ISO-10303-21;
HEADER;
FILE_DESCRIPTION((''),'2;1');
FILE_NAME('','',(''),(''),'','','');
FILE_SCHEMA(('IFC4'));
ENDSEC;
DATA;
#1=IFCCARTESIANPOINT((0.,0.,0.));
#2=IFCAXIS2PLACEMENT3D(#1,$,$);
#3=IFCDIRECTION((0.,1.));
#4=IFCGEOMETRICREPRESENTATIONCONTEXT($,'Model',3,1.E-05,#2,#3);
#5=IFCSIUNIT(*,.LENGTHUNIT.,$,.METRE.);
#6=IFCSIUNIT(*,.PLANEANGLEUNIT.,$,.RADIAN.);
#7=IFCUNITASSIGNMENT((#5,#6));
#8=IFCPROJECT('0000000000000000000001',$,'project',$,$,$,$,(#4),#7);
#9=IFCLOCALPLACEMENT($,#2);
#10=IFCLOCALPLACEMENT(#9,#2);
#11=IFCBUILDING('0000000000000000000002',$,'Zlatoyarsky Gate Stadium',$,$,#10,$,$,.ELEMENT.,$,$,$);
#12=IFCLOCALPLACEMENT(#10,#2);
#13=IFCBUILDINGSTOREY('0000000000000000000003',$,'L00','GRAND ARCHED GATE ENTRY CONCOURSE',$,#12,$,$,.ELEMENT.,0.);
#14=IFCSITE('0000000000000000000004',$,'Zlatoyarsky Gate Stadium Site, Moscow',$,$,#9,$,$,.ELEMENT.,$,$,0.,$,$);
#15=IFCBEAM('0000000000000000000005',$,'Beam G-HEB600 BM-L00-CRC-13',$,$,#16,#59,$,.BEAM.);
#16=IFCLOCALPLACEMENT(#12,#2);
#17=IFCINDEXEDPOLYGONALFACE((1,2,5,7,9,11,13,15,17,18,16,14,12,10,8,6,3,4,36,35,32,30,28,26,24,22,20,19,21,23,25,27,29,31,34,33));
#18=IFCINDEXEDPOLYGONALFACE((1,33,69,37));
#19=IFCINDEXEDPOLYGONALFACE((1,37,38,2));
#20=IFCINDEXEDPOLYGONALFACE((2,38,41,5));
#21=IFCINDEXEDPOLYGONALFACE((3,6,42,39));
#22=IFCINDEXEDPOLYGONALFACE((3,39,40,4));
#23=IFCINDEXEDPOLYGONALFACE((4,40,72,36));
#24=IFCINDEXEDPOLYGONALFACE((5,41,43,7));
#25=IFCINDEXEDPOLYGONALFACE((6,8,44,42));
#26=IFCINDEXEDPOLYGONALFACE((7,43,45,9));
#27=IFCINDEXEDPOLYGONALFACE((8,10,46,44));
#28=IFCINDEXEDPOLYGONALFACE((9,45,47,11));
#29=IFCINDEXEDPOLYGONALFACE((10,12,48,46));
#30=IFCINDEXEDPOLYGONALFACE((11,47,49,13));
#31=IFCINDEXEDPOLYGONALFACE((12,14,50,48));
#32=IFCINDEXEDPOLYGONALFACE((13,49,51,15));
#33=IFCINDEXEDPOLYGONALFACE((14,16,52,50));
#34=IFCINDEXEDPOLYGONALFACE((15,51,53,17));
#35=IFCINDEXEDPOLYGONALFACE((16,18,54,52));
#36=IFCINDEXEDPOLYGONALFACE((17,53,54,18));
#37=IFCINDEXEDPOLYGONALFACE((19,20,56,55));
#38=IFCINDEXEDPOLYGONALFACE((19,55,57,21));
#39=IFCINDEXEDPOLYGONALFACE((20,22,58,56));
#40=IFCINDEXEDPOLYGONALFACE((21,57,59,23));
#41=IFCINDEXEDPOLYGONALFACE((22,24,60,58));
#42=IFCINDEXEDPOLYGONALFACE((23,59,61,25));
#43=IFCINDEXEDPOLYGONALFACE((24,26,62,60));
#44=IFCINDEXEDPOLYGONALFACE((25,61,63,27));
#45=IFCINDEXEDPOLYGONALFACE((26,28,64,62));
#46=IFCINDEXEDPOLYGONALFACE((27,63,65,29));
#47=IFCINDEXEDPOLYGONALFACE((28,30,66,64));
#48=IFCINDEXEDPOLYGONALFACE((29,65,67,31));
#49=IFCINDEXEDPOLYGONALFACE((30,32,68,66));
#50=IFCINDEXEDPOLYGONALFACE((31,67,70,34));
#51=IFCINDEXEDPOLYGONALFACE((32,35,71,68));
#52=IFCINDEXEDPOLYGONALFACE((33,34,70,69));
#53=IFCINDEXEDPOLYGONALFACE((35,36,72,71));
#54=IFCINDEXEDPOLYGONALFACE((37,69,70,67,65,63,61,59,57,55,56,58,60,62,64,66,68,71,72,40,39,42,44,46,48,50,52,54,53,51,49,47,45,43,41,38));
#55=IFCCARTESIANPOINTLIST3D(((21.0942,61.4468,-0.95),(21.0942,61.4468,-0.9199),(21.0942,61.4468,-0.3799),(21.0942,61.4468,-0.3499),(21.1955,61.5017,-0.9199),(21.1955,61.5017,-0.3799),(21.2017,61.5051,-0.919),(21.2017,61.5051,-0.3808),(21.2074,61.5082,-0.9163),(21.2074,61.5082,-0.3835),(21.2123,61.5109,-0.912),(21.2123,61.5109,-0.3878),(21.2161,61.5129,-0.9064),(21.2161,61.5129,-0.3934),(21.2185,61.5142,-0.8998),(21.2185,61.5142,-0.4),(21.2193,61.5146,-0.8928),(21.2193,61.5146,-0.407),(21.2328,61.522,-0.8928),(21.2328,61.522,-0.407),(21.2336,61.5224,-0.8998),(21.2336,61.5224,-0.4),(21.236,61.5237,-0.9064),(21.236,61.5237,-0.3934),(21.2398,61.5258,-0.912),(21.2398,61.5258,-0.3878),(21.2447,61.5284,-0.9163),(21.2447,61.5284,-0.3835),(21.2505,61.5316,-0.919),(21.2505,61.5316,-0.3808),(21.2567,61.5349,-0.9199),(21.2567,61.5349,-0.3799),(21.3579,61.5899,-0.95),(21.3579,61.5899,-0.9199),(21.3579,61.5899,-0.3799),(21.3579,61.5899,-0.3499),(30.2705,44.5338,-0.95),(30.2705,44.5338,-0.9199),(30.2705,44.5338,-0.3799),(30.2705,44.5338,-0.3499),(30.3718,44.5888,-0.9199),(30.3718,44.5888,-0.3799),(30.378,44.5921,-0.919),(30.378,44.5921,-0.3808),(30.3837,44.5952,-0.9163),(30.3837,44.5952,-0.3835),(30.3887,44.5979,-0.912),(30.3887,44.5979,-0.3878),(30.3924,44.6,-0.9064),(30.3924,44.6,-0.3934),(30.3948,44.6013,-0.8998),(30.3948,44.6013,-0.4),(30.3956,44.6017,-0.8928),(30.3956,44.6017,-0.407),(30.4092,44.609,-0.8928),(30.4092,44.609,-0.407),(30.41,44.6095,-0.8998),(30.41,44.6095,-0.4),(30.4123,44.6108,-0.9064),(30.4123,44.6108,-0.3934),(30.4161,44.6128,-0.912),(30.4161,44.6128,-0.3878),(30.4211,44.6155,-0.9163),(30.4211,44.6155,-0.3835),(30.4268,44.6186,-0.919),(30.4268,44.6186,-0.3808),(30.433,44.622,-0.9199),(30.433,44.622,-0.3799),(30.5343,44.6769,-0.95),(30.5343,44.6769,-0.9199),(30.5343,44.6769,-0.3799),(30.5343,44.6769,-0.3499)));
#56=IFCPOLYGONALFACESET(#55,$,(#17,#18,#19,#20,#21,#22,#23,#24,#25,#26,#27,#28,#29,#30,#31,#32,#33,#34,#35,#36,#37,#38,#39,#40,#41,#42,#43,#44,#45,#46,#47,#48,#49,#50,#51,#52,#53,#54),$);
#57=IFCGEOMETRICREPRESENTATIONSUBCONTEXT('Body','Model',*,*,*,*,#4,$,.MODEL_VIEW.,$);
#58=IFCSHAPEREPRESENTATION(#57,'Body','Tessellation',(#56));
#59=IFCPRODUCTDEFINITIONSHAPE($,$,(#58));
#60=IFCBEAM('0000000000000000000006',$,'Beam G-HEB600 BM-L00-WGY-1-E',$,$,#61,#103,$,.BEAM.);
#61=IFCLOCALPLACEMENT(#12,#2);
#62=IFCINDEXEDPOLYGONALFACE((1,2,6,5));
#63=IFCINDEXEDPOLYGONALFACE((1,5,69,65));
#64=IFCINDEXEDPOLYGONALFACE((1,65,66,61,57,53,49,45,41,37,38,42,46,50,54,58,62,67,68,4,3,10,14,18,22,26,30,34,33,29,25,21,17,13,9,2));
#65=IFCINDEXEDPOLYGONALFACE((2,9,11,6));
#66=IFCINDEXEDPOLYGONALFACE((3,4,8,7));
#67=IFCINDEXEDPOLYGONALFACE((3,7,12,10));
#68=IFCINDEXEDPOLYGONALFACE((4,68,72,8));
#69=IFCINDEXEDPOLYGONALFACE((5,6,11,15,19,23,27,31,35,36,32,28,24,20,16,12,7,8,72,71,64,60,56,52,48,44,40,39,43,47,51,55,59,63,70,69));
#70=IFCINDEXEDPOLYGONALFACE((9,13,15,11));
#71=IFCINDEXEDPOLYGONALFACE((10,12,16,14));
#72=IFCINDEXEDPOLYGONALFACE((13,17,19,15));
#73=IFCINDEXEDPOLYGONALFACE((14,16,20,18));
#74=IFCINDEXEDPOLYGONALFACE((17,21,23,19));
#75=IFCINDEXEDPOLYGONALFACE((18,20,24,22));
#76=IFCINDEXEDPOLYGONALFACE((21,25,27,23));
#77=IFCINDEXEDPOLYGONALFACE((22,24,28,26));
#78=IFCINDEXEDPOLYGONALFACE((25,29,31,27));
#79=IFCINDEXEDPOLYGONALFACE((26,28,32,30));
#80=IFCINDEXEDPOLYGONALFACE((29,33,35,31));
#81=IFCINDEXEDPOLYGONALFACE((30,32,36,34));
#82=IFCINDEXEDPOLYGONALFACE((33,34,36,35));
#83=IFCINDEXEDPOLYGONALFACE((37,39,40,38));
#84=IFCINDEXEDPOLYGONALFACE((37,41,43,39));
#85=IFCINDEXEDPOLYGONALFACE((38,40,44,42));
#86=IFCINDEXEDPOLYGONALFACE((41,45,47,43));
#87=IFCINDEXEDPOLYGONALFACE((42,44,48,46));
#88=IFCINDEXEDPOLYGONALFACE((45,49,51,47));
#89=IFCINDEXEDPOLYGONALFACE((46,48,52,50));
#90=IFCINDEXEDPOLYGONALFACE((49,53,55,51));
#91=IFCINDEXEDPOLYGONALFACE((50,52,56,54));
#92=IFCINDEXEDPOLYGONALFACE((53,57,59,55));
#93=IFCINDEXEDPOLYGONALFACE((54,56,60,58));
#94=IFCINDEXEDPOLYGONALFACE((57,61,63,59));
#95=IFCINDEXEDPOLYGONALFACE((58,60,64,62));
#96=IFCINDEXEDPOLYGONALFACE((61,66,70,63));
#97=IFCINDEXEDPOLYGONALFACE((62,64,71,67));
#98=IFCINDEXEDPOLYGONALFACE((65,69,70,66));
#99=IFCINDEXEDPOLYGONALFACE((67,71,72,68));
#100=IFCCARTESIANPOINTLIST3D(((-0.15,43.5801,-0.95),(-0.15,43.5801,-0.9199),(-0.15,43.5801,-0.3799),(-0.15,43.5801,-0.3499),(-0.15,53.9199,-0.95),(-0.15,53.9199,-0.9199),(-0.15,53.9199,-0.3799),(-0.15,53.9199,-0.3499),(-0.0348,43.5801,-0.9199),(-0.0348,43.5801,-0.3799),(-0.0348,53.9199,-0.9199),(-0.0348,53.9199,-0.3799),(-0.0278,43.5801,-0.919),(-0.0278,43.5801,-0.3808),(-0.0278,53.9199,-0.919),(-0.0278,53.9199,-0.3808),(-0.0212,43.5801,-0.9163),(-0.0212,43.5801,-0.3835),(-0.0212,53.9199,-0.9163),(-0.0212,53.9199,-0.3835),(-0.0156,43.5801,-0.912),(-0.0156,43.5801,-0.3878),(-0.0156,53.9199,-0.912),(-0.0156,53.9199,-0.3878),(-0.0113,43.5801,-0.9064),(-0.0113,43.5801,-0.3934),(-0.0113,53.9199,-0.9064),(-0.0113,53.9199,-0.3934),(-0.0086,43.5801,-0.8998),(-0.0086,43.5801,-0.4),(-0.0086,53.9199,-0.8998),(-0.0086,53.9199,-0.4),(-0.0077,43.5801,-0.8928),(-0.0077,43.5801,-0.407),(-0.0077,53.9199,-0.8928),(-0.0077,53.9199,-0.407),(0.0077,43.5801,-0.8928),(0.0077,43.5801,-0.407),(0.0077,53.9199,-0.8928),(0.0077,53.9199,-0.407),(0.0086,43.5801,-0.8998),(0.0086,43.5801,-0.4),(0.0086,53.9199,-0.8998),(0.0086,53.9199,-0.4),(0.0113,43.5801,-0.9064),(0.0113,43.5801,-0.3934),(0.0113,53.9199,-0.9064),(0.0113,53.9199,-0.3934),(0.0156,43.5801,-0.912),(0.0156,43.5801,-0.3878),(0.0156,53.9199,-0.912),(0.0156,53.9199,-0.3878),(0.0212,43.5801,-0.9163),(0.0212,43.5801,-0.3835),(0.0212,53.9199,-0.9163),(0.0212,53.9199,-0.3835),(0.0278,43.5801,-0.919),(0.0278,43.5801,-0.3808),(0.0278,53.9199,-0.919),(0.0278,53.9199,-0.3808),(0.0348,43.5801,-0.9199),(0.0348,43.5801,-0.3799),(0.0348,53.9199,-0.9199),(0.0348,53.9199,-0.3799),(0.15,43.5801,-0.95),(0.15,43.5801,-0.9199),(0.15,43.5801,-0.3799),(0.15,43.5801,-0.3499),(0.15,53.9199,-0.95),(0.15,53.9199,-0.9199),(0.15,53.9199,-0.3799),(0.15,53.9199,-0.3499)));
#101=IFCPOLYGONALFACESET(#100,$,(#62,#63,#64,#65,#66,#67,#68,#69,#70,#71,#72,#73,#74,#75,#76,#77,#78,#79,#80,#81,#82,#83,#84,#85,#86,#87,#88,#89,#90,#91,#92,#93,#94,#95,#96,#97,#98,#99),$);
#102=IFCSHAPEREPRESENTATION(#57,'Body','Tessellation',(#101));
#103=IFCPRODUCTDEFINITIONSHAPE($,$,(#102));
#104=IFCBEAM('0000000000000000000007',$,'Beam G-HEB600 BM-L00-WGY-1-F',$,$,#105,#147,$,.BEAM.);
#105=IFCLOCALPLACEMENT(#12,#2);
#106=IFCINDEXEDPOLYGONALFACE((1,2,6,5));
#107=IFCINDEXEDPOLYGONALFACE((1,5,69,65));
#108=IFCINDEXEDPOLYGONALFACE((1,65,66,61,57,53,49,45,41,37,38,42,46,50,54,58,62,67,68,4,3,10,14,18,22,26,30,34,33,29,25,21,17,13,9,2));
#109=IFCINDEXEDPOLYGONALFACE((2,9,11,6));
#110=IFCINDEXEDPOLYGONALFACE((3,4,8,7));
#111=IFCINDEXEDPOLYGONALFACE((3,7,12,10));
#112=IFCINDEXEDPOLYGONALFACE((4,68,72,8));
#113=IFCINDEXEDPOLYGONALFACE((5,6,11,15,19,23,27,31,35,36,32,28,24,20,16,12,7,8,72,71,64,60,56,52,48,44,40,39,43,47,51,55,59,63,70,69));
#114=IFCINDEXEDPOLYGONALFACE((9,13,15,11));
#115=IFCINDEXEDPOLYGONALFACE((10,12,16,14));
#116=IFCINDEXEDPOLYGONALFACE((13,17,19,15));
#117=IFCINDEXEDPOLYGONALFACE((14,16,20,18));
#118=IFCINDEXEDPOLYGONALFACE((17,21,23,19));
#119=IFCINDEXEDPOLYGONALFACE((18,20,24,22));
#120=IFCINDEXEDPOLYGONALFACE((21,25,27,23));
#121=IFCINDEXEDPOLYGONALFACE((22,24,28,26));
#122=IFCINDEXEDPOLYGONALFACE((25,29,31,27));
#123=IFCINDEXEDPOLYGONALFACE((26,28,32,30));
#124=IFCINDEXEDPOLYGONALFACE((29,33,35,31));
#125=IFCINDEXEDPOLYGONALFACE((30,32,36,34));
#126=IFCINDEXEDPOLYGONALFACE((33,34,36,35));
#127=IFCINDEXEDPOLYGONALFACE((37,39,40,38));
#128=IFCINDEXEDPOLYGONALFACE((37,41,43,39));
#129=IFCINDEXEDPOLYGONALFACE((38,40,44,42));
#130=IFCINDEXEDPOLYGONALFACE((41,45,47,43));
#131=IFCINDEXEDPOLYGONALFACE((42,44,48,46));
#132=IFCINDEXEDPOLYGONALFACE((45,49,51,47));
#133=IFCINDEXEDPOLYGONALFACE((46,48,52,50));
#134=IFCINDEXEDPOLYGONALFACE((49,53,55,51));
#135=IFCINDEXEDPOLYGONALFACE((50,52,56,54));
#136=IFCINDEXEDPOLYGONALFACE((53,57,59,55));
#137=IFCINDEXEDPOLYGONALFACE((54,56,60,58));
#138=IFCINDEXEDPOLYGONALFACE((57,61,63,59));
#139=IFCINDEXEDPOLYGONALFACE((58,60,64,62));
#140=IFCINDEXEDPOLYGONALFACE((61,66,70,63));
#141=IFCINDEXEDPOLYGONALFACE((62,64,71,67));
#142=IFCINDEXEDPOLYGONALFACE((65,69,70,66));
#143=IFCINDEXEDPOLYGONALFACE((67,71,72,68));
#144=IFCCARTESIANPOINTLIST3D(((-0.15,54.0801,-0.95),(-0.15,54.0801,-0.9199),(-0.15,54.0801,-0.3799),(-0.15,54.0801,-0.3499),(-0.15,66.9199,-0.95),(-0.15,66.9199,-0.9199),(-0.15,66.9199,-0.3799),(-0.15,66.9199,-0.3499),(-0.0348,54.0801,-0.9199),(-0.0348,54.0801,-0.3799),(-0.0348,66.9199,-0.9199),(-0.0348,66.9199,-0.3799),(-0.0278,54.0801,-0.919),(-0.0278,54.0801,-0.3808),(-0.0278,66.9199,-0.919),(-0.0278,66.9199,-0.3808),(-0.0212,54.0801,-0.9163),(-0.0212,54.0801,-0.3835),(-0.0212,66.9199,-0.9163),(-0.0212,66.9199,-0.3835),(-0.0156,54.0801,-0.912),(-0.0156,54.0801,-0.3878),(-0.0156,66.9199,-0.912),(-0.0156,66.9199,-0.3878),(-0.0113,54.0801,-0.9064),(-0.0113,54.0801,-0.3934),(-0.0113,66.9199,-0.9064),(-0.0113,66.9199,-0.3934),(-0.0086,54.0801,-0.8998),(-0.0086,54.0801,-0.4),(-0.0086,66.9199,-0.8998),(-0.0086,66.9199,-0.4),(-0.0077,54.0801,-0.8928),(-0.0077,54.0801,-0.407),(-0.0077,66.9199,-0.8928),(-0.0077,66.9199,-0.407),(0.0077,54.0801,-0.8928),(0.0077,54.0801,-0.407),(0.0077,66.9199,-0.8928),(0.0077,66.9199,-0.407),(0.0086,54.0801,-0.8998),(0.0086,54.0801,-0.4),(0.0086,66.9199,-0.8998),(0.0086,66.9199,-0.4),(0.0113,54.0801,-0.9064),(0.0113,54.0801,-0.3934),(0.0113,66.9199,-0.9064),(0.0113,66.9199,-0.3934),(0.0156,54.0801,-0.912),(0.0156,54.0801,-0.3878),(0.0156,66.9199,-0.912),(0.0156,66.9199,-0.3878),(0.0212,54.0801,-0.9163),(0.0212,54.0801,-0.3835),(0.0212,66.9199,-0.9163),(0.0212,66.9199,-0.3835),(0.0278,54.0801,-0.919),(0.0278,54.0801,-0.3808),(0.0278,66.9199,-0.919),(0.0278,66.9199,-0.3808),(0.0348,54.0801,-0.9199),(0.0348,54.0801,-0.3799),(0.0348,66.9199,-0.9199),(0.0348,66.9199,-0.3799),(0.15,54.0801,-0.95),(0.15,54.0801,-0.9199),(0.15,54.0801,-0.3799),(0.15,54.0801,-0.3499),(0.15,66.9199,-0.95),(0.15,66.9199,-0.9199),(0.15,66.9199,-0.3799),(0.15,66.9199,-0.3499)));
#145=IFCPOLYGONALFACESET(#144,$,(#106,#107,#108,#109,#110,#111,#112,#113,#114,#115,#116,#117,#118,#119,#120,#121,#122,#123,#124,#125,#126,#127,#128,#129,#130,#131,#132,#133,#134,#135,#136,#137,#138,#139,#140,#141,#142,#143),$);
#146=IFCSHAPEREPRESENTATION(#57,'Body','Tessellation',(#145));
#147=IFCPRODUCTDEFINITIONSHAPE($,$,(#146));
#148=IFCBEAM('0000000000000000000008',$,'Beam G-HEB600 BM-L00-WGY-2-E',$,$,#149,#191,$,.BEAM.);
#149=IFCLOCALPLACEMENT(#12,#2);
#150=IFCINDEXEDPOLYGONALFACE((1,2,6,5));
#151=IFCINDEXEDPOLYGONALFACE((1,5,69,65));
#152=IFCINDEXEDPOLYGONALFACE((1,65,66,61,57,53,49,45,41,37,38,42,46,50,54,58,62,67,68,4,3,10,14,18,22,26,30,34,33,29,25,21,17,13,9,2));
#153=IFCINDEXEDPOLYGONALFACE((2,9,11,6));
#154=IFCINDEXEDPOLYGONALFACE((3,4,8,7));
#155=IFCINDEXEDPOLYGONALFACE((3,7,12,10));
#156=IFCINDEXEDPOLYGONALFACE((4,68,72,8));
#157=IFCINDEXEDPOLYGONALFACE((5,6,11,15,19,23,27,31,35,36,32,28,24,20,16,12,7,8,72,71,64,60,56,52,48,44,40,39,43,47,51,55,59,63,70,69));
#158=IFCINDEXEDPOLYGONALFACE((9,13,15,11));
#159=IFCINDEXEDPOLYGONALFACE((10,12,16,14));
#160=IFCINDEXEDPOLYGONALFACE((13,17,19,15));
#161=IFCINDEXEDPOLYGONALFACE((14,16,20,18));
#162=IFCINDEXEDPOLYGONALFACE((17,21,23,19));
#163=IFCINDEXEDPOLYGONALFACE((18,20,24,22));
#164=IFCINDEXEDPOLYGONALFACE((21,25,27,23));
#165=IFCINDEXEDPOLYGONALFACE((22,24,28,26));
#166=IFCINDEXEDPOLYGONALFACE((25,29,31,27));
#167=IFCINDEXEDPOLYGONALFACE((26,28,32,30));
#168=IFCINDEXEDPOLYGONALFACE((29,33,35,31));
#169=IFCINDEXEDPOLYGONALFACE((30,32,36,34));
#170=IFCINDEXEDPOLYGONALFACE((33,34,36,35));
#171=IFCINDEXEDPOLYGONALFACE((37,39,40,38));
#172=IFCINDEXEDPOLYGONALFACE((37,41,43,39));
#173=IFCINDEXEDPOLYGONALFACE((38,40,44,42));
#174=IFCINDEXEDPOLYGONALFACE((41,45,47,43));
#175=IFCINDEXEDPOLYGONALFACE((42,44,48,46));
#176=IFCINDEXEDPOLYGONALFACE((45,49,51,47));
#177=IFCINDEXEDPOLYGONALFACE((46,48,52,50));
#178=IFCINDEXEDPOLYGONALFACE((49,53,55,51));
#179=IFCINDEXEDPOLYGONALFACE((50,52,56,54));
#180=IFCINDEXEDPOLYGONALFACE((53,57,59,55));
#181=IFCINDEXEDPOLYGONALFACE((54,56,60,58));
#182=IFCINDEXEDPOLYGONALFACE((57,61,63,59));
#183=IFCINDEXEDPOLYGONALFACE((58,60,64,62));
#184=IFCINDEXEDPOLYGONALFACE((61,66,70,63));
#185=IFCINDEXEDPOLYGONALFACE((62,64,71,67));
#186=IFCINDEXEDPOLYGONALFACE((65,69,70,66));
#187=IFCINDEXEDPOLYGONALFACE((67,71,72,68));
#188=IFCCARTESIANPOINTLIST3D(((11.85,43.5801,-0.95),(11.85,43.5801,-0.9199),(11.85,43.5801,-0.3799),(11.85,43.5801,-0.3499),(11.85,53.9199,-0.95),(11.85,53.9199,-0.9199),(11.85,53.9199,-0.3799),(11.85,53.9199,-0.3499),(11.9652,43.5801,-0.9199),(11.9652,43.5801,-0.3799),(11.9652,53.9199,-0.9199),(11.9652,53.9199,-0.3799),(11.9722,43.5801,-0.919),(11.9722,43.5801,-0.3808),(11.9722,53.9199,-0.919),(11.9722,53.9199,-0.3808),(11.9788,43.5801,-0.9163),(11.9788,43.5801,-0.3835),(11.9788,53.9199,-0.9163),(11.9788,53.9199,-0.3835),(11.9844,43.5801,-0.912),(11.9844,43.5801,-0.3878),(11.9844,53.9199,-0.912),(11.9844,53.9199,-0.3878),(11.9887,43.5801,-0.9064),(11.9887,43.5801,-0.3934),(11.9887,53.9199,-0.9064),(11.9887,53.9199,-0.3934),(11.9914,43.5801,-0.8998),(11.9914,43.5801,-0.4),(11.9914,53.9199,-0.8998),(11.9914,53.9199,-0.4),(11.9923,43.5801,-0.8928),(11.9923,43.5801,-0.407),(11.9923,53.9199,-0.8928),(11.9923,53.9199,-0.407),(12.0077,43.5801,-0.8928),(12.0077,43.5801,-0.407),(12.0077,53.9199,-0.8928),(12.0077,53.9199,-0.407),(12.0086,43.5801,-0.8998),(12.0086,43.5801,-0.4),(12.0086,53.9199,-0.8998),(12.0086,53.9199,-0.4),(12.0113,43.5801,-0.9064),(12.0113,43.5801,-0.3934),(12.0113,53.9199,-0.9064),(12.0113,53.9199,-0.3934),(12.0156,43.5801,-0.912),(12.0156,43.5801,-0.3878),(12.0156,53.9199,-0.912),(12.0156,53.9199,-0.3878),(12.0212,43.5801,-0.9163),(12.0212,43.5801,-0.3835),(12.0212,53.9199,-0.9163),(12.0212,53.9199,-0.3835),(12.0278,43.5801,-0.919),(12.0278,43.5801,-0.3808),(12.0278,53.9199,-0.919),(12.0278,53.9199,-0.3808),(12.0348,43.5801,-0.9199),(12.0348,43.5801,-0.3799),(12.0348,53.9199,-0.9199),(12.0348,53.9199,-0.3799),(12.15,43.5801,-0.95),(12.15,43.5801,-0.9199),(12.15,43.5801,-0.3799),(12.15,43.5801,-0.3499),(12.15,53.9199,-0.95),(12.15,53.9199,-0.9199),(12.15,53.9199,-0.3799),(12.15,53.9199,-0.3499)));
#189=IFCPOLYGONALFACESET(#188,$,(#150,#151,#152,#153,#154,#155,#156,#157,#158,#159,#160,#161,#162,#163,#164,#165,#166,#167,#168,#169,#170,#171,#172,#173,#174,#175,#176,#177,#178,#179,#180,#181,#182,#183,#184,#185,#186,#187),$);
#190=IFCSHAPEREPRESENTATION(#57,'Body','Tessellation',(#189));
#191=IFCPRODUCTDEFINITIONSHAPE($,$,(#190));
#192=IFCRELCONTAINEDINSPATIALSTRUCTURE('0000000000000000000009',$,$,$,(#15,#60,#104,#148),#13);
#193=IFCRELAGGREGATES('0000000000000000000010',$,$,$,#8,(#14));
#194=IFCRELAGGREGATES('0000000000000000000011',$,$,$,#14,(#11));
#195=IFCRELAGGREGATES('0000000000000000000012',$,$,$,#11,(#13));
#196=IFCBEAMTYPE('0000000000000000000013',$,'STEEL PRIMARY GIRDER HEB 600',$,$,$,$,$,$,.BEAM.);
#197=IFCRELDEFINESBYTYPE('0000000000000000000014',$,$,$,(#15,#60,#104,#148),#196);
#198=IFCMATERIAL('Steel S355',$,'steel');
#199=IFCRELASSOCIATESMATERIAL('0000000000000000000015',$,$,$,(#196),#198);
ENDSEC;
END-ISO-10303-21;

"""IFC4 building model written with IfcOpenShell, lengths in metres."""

from ifc_helpers import new_model, si_unit, direction, frame, origin, origin_2d, place, context, subcontext, project, spatial, i_section, extrude, material, material_profile, profile_set, type_object, element, save


model = new_model("IFC4")

# Units and contexts
model_context = context("Model", 3, precision=1e-05, world=origin(), true_north=direction((0.0, 1.0)))
body_context = subcontext(model_context, "Body", "Model", "MODEL_VIEW")
ifc_project = project(units=[si_unit("LENGTHUNIT", "METRE"), si_unit("PLANEANGLEUNIT", "RADIAN")], contexts=[model_context])

# Site, building, storey
site_placement = place(None, origin())
site = spatial("IfcSite", under=ifc_project, at=site_placement, Name="Zlatoyarsky Gate Stadium Site, Moscow", CompositionType="ELEMENT", RefElevation=0.0)
building_placement = place(site_placement, origin())
building = spatial("IfcBuilding", under=site, at=building_placement, Name="Zlatoyarsky Gate Stadium", CompositionType="ELEMENT")
storey_placement = place(building_placement, origin())
storey = spatial("IfcBuildingStorey", under=building, at=storey_placement, Name="L00", Description="GRAND ARCHED GATE ENTRY CONCOURSE", CompositionType="ELEMENT", Elevation=0.0)

# Shared definitions
ifc_material_1 = material(Name="Steel S355", Category="steel")

# Beams
ifc_material_profile_1 = material_profile(ifc_material_1, i_section(OverallWidth=0.3, OverallDepth=0.6001, WebThickness=0.0154, FlangeThickness=0.03, FilletRadius=0.0271, at=origin_2d()), Name="HEB 600")
ifc_profile_set_1 = profile_set([ifc_material_profile_1], Name="Steel S355")
beam_type_1 = type_object("IfcBeamType", Name="STEEL PRIMARY GIRDER HEB 600", PredefinedType="BEAM", material=ifc_profile_set_1)
beam_1_placement = place(storey_placement, frame((21.2261, 61.5183, -0.6499), z_axis=(0.476892, -0.878962, 0.0), x_axis=(0.878962, 0.476892, 0.0)))
element("IfcBeam", 1, at=beam_1_placement, inside=storey, type_object=beam_type_1, Name="Beam G-HEB600 BM-L00-CRC-13", PredefinedType="BEAM", context=body_context, shape_type="SweptSolid", body=[
    extrude(i_section(OverallWidth=0.3, OverallDepth=0.6001, WebThickness=0.0154, FlangeThickness=0.03, FilletRadius=0.0271, at=origin_2d()), origin(), (0.0, 0.0, 1.0), 19.2419),
])
beam_2_placement = place(storey_placement, frame((0.0, 43.5801, -0.6499), z_axis=(0.0, 1.0, 0.0), x_axis=(-1.0, 0.0, 0.0)))
element("IfcBeam", 2, at=beam_2_placement, inside=storey, type_object=beam_type_1, Name="Beam G-HEB600 BM-L00-WGY-1-E", PredefinedType="BEAM", context=body_context, shape_type="SweptSolid", body=[
    extrude(i_section(OverallWidth=0.3, OverallDepth=0.6001, WebThickness=0.0154, FlangeThickness=0.03, FilletRadius=0.0271, at=origin_2d()), origin(), (0.0, 0.0, 1.0), 10.3398),
])
beam_3_placement = place(storey_placement, frame((0.0, 54.0801, -0.6499), z_axis=(0.0, 1.0, 0.0), x_axis=(-1.0, 0.0, 0.0)))
element("IfcBeam", 3, at=beam_3_placement, inside=storey, type_object=beam_type_1, Name="Beam G-HEB600 BM-L00-WGY-1-F", PredefinedType="BEAM", context=body_context, shape_type="SweptSolid", body=[
    extrude(i_section(OverallWidth=0.3, OverallDepth=0.6001, WebThickness=0.0154, FlangeThickness=0.03, FilletRadius=0.0271, at=origin_2d()), origin(), (0.0, 0.0, 1.0), 12.8398),
])
beam_4_placement = place(storey_placement, frame((12.0, 43.5801, -0.6499), z_axis=(0.0, 1.0, 0.0), x_axis=(-1.0, 0.0, 0.0)))
element("IfcBeam", 4, at=beam_4_placement, inside=storey, type_object=beam_type_1, Name="Beam G-HEB600 BM-L00-WGY-2-E", PredefinedType="BEAM", context=body_context, shape_type="SweptSolid", body=[
    extrude(i_section(OverallWidth=0.3, OverallDepth=0.6001, WebThickness=0.0154, FlangeThickness=0.03, FilletRadius=0.0271, at=origin_2d()), origin(), (0.0, 0.0, 1.0), 10.3398),
])

save(model, "model.ifc")
